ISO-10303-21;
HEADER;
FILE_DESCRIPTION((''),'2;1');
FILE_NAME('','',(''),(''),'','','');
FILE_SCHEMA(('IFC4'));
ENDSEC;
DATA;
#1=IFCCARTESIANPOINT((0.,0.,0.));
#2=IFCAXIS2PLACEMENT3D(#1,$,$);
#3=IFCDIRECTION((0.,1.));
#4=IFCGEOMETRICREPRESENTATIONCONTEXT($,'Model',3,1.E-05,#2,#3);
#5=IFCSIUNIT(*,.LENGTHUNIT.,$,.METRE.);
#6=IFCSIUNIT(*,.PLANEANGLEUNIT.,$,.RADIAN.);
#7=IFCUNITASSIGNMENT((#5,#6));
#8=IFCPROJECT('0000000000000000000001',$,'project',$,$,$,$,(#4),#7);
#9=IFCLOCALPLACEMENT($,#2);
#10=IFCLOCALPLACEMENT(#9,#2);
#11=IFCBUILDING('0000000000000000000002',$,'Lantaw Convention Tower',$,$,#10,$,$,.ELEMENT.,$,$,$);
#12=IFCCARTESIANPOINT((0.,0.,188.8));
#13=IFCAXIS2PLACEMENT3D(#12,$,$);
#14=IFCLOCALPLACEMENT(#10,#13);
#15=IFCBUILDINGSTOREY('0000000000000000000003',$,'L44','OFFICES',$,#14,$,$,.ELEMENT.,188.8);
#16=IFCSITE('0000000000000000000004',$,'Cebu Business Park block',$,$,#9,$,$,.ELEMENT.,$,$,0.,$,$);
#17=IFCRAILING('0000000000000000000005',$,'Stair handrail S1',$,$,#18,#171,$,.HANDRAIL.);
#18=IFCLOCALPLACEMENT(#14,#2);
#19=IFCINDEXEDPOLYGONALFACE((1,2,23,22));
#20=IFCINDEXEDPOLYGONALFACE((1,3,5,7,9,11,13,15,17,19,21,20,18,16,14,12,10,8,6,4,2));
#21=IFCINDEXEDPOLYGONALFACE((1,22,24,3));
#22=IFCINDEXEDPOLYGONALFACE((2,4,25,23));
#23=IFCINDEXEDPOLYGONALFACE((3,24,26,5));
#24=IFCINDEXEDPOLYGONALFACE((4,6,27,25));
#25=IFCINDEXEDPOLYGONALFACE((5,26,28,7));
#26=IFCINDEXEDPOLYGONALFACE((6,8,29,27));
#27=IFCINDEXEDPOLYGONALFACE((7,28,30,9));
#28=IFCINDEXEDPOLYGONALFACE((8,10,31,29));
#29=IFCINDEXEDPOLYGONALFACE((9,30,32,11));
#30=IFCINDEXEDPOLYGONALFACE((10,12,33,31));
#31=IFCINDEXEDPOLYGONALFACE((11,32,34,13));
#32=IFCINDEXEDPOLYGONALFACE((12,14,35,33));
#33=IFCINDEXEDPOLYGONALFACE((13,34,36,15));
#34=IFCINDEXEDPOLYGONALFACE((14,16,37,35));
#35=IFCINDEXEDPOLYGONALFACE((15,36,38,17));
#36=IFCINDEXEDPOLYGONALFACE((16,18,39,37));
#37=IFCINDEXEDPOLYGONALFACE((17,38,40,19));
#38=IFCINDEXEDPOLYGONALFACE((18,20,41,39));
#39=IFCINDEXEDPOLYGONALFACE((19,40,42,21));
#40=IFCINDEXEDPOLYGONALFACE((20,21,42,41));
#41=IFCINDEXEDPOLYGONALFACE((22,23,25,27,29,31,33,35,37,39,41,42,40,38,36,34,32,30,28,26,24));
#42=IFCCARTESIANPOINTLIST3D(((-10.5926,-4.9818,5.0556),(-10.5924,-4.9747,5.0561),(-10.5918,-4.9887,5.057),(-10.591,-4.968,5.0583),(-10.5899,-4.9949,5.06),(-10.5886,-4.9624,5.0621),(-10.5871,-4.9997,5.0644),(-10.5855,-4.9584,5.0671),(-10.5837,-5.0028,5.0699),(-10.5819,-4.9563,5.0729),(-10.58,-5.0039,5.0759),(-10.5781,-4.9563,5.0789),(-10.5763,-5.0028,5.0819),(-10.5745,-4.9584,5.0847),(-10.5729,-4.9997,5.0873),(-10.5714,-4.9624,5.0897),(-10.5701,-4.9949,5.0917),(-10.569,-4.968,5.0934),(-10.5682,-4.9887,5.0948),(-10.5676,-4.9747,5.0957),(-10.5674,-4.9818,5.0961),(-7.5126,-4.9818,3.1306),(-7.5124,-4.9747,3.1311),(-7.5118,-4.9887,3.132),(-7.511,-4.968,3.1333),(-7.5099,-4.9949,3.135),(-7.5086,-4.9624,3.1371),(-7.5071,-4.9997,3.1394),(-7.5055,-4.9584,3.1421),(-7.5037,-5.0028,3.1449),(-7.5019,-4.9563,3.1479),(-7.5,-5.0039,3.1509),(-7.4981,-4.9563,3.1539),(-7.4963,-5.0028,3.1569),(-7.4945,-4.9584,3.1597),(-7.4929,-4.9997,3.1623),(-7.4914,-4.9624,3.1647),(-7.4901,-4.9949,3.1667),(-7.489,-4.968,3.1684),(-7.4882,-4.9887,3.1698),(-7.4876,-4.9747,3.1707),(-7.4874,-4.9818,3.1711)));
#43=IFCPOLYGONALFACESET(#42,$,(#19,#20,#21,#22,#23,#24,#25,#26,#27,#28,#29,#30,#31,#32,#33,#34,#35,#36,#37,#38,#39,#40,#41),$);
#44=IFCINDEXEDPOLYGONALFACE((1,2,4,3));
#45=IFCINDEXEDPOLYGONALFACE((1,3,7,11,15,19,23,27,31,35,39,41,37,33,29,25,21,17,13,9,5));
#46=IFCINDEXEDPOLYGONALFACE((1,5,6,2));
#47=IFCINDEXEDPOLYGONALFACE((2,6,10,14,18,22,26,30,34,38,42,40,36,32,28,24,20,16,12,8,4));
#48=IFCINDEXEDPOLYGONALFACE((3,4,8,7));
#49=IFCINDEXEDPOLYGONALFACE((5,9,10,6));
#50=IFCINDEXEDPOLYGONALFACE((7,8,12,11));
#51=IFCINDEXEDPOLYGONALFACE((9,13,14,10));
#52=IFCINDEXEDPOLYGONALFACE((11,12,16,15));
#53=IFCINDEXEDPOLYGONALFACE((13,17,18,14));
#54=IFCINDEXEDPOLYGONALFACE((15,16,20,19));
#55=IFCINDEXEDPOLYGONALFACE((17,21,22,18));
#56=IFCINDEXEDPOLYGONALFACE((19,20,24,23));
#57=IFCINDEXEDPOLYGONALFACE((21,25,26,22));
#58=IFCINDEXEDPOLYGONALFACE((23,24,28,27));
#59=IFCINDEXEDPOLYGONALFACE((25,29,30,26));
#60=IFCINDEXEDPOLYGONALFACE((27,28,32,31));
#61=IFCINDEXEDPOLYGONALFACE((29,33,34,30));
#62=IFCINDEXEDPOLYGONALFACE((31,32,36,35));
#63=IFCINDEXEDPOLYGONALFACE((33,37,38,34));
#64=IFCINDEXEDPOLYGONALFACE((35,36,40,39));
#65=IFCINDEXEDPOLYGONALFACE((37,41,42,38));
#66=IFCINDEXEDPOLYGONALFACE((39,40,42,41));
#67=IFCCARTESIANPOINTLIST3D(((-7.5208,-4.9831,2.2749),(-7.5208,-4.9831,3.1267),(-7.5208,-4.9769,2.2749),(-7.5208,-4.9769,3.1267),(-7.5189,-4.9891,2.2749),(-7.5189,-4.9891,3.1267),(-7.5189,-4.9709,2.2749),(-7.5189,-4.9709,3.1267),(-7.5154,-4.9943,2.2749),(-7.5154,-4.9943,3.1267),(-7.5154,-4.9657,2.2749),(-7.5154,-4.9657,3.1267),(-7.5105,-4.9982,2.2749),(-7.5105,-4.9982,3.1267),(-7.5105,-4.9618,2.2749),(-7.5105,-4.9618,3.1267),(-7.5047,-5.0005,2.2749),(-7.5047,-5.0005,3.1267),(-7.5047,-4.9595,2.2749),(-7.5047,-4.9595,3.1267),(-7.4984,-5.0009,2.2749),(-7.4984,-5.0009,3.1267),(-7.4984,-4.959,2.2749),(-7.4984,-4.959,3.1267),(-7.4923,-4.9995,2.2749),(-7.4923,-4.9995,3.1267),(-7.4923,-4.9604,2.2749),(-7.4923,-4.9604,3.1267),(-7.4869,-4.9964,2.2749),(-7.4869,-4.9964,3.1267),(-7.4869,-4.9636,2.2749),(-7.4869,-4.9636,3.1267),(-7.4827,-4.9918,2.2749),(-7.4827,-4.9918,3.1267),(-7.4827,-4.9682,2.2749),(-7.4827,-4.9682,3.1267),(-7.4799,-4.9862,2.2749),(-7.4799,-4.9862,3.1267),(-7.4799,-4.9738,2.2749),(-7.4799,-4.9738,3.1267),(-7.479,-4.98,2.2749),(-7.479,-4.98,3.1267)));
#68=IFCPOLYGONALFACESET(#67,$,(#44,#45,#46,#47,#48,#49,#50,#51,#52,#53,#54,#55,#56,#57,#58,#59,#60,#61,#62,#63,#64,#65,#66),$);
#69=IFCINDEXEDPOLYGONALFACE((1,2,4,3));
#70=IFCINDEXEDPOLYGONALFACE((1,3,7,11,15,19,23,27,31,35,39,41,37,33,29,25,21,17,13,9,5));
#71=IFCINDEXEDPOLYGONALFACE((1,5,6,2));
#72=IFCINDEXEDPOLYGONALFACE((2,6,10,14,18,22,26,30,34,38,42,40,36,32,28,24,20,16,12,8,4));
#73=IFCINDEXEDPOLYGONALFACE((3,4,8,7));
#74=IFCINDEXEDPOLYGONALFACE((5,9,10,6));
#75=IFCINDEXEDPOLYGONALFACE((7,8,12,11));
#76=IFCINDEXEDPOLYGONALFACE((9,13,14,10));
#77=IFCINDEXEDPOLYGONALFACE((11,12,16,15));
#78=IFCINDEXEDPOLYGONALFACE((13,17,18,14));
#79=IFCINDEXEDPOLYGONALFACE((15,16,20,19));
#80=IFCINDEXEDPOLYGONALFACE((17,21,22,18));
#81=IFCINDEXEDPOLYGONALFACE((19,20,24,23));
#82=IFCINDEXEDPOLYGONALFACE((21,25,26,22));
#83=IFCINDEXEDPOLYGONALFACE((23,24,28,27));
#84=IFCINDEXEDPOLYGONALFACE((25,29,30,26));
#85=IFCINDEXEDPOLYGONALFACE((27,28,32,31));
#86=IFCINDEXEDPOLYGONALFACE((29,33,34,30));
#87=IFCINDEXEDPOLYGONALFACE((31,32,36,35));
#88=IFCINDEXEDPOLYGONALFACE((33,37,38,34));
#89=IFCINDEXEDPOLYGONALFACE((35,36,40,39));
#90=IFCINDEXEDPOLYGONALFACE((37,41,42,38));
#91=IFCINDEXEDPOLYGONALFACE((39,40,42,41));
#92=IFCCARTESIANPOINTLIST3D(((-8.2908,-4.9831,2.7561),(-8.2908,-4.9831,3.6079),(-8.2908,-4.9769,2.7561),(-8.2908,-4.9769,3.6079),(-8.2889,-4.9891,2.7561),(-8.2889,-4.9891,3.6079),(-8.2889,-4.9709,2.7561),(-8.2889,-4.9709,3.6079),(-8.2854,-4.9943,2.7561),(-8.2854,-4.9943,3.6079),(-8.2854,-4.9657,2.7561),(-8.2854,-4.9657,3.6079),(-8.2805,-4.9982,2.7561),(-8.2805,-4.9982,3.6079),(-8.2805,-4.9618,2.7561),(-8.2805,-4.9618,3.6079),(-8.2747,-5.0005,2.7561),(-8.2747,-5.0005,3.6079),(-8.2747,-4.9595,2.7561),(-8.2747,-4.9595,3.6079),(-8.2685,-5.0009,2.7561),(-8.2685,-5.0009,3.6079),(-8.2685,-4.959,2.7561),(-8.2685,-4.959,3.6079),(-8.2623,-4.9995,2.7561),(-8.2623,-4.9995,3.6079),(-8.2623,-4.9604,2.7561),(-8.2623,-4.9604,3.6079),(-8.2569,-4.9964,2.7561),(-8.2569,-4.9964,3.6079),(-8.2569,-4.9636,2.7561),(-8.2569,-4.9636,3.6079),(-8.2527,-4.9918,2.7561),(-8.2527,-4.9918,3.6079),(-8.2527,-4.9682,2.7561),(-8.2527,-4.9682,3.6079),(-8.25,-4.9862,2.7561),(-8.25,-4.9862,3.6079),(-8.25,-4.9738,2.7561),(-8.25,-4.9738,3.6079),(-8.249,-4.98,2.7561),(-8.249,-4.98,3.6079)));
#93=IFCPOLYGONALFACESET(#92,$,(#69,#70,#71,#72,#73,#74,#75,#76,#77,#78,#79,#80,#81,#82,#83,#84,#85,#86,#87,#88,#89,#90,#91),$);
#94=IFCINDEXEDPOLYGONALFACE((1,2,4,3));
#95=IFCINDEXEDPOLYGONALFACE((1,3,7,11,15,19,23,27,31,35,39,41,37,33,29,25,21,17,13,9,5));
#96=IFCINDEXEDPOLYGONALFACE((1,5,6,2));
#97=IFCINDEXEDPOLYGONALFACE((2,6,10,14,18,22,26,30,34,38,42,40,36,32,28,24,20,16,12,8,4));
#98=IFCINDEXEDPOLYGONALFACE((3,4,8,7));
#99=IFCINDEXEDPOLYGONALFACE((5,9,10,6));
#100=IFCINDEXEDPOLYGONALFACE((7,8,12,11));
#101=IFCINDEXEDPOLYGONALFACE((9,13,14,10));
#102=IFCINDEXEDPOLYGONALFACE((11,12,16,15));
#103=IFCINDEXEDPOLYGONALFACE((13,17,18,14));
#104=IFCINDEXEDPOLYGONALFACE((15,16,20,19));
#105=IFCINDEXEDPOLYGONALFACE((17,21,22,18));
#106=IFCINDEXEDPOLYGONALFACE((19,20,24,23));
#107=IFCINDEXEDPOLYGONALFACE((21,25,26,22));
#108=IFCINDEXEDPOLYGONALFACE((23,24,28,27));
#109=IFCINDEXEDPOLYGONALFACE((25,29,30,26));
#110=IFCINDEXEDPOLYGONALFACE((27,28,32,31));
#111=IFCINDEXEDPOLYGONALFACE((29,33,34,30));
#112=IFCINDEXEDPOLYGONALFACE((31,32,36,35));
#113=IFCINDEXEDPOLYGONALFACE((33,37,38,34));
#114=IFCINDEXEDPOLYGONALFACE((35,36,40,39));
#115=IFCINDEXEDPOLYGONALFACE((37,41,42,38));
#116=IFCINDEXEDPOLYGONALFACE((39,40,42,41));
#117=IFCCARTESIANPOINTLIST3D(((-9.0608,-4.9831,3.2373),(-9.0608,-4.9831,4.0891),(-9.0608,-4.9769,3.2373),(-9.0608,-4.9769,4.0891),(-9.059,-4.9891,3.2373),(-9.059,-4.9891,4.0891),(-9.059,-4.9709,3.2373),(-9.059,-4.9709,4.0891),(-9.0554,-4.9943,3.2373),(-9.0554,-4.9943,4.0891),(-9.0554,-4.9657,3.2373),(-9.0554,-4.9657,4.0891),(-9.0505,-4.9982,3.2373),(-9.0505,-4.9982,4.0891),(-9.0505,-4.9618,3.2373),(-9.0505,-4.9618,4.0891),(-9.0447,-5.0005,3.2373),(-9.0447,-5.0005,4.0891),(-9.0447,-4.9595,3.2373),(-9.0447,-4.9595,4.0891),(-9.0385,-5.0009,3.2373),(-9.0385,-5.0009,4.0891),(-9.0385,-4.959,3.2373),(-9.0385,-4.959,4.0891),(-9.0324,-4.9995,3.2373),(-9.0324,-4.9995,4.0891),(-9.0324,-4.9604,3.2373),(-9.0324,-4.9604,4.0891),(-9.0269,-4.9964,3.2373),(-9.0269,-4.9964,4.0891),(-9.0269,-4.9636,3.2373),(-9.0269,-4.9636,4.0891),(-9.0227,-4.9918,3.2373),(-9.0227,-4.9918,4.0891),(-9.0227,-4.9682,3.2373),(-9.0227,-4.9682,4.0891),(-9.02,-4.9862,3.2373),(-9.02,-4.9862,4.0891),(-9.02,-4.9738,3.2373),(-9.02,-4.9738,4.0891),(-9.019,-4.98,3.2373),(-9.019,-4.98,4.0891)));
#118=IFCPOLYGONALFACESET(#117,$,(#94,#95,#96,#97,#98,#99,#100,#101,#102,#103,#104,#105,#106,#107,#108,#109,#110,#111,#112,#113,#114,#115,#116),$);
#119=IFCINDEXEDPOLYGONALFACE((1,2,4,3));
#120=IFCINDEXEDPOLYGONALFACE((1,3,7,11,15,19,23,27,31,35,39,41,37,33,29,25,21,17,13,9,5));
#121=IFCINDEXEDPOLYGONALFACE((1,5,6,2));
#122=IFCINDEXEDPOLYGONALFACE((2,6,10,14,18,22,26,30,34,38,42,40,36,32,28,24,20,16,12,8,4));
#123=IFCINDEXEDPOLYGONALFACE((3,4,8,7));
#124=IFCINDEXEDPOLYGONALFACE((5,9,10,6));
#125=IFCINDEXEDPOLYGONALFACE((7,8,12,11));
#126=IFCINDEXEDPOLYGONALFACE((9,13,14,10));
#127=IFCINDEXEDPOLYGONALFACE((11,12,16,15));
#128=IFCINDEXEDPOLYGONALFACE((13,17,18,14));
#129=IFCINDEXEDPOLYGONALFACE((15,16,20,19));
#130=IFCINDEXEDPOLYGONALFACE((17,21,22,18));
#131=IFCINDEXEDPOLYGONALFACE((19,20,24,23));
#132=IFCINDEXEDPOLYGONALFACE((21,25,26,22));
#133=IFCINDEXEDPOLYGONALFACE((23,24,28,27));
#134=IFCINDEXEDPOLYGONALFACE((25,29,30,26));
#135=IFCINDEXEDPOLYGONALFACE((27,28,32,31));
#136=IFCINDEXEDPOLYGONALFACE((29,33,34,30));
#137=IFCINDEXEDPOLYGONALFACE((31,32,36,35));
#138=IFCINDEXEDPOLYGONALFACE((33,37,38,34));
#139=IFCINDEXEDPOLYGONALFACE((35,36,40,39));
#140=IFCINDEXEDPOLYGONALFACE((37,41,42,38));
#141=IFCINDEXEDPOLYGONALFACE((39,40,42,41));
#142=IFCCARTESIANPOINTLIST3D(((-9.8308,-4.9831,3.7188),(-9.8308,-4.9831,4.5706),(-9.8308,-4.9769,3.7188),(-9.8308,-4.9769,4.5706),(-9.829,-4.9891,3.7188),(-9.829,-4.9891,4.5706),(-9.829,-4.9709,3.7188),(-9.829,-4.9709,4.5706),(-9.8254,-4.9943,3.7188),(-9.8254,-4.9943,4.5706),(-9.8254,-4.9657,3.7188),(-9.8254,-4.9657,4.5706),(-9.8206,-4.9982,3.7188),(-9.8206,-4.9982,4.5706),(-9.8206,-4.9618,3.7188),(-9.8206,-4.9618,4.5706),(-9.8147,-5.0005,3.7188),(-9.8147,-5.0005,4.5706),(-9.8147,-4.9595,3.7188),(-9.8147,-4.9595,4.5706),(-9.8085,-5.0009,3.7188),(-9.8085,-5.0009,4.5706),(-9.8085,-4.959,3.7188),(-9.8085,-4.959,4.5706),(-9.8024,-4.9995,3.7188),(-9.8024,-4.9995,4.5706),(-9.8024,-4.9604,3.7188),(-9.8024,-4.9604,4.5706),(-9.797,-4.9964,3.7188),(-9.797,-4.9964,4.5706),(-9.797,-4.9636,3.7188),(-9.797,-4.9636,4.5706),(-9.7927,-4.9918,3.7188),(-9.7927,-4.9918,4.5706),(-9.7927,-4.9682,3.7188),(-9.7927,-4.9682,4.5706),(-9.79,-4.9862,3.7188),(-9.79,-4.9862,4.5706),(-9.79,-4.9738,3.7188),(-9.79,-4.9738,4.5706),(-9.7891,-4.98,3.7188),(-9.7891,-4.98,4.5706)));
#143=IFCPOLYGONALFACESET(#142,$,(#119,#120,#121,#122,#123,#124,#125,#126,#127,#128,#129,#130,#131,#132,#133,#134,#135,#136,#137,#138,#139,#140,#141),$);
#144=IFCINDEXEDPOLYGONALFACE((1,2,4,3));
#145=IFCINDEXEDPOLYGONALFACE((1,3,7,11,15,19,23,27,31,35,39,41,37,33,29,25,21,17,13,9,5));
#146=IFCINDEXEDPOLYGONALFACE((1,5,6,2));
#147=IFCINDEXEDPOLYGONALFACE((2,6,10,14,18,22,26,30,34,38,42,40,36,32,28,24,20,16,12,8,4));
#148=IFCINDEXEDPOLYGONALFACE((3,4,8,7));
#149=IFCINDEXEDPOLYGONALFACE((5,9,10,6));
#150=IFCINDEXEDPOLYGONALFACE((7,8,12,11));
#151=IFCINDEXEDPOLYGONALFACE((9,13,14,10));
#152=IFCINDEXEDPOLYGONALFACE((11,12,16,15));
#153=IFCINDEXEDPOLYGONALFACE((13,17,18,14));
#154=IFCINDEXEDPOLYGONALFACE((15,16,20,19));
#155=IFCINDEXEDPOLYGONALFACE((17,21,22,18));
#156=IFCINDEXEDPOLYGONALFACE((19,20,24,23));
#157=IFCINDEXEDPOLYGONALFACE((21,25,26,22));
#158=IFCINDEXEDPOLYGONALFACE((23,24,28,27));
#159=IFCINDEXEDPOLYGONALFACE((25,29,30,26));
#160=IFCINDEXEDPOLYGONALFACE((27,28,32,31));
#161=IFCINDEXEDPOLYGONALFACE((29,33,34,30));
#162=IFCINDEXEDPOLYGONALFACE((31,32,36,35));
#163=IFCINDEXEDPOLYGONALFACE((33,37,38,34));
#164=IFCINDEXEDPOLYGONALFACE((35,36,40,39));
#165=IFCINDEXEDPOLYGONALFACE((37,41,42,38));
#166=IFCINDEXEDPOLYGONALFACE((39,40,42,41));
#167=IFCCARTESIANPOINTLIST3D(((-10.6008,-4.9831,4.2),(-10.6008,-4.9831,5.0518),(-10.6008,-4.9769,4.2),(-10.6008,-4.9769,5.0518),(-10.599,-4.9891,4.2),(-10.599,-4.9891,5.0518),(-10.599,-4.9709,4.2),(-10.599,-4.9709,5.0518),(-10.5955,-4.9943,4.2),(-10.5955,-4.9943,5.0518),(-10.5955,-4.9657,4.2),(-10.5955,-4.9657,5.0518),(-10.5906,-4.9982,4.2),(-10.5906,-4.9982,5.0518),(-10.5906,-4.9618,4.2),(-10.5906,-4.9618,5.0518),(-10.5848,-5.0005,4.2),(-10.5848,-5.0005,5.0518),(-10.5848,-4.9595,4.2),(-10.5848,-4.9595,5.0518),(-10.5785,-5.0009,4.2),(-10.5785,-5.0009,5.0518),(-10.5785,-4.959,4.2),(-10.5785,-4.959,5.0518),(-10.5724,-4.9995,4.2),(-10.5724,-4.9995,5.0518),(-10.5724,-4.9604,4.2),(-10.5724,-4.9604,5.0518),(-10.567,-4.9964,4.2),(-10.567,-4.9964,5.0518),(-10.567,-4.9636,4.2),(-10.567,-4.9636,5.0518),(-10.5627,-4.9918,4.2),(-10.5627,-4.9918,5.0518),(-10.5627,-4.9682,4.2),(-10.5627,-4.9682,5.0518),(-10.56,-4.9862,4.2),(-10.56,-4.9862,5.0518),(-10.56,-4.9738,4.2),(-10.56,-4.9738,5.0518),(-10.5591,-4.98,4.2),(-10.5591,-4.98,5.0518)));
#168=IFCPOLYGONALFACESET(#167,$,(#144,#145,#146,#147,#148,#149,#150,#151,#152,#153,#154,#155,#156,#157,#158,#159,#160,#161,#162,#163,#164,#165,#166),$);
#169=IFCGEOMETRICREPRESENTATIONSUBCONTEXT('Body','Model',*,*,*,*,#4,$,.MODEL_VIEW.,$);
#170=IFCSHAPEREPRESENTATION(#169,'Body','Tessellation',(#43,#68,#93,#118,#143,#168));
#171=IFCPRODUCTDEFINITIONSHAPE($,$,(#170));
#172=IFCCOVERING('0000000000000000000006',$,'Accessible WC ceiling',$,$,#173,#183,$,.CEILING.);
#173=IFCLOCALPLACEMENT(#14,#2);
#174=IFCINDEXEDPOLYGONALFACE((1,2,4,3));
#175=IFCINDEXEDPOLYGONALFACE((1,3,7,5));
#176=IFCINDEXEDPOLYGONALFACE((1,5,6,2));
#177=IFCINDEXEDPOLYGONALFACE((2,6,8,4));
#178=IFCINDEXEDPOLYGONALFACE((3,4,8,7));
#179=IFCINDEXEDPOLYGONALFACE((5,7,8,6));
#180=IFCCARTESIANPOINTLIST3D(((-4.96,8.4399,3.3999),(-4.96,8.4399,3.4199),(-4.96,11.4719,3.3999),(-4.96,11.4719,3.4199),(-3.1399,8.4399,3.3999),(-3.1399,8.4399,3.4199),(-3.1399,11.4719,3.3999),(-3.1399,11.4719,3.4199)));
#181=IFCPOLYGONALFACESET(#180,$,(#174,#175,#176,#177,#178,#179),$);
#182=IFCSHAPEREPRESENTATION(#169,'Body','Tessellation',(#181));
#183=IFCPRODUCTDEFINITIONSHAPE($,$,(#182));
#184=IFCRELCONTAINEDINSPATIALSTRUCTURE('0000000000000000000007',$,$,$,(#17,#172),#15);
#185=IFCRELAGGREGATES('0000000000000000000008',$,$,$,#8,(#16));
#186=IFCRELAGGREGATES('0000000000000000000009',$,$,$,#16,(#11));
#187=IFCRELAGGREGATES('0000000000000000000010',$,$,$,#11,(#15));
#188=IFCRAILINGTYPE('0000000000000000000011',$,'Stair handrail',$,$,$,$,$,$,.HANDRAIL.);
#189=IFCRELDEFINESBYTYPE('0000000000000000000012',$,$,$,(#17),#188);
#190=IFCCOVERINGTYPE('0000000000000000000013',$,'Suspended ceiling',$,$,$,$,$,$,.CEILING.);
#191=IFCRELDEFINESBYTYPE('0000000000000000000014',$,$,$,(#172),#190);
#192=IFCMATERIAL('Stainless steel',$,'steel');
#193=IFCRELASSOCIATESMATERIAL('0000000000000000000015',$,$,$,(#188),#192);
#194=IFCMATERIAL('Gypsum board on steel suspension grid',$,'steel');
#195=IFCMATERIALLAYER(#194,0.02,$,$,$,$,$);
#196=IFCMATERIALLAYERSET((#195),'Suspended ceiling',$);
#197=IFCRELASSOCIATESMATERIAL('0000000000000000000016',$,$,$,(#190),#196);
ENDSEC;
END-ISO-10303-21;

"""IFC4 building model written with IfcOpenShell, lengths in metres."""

from ifc_helpers import new_model, si_unit, direction, frame, origin, origin_2d, place, context, subcontext, project, spatial, polyline, circle, outline, extrude, material, layer, layer_set, type_object, element, save


model = new_model("IFC4")

# Units and contexts
model_context = context("Model", 3, precision=1e-05, world=origin(), true_north=direction((0.0, 1.0)))
body_context = subcontext(model_context, "Body", "Model", "MODEL_VIEW")
ifc_project = project(units=[si_unit("LENGTHUNIT", "METRE"), si_unit("PLANEANGLEUNIT", "RADIAN")], contexts=[model_context])

# Site, building, storey
site_placement = place(None, origin())
site = spatial("IfcSite", under=ifc_project, at=site_placement, Name="Cebu Business Park block", CompositionType="ELEMENT", RefElevation=0.0)
building_placement = place(site_placement, origin())
building = spatial("IfcBuilding", under=site, at=building_placement, Name="Lantaw Convention Tower", CompositionType="ELEMENT")
storey_placement = place(building_placement, frame((0.0, 0.0, 188.8)))
storey = spatial("IfcBuildingStorey", under=building, at=storey_placement, Name="L44", Description="OFFICES", CompositionType="ELEMENT", Elevation=188.8)

# Railing
ifc_material_1 = material(Name="Stainless steel", Category="steel")
railing_type = type_object("IfcRailingType", Name="Stair handrail", PredefinedType="HANDRAIL", material=ifc_material_1)
railing_1_placement = place(storey_placement, frame((-7.5, -4.98, 2.2749)))
element("IfcRailing", 1, at=railing_1_placement, inside=storey, type_object=railing_type, Name="Stair handrail S1", PredefinedType="HANDRAIL", context=body_context, shape_type="SweptSolid", body=[
    extrude(circle(Radius=0.0239, at=origin_2d()), frame((0.0, 0.0, 0.876), z_axis=(-0.847998, 0.0, 0.529999), x_axis=(0.0, -1.0, 0.0)), (0.0, 0.0, 1.0), 3.6321),
    extrude(circle(Radius=0.021, at=origin_2d()), origin(), (0.0, 0.0, 1.0), 0.8518),
    extrude(circle(Radius=0.021, at=origin_2d()), frame((-0.77, 0.0, 0.4812)), (0.0, 0.0, 1.0), 0.8518),
    extrude(circle(Radius=0.021, at=origin_2d()), frame((-1.54, 0.0, 0.9624)), (0.0, 0.0, 1.0), 0.8518),
    extrude(circle(Radius=0.021, at=origin_2d()), frame((-2.3101, 0.0, 1.4438)), (0.0, 0.0, 1.0), 0.8518),
    extrude(circle(Radius=0.021, at=origin_2d()), frame((-3.0801, 0.0, 1.925)), (0.0, 0.0, 1.0), 0.8518),
])

# Covering
ifc_material_2 = material(Name="Gypsum board on steel suspension grid", Category="steel")
ifc_layer_1 = layer(ifc_material_2, 0.02)
ifc_layer_set_1 = layer_set([ifc_layer_1], Name="Suspended ceiling")
covering_type = type_object("IfcCoveringType", Name="Suspended ceiling", PredefinedType="CEILING", material=ifc_layer_set_1)
covering_placement = place(storey_placement, frame((0.0, 0.0, 3.3999)))
element("IfcCovering", 2, at=covering_placement, inside=storey, type_object=covering_type, Name="Accessible WC ceiling", PredefinedType="CEILING", context=body_context, shape_type="SweptSolid", body=[
    extrude(outline(polyline([(-4.96, 8.4399), (-3.1399, 8.4399), (-3.1399, 11.4719), (-4.96, 11.4719), (-4.96, 8.4399)])), origin(), (0.0, 0.0, 1.0), 0.02),
])

save(model, "model.ifc")
